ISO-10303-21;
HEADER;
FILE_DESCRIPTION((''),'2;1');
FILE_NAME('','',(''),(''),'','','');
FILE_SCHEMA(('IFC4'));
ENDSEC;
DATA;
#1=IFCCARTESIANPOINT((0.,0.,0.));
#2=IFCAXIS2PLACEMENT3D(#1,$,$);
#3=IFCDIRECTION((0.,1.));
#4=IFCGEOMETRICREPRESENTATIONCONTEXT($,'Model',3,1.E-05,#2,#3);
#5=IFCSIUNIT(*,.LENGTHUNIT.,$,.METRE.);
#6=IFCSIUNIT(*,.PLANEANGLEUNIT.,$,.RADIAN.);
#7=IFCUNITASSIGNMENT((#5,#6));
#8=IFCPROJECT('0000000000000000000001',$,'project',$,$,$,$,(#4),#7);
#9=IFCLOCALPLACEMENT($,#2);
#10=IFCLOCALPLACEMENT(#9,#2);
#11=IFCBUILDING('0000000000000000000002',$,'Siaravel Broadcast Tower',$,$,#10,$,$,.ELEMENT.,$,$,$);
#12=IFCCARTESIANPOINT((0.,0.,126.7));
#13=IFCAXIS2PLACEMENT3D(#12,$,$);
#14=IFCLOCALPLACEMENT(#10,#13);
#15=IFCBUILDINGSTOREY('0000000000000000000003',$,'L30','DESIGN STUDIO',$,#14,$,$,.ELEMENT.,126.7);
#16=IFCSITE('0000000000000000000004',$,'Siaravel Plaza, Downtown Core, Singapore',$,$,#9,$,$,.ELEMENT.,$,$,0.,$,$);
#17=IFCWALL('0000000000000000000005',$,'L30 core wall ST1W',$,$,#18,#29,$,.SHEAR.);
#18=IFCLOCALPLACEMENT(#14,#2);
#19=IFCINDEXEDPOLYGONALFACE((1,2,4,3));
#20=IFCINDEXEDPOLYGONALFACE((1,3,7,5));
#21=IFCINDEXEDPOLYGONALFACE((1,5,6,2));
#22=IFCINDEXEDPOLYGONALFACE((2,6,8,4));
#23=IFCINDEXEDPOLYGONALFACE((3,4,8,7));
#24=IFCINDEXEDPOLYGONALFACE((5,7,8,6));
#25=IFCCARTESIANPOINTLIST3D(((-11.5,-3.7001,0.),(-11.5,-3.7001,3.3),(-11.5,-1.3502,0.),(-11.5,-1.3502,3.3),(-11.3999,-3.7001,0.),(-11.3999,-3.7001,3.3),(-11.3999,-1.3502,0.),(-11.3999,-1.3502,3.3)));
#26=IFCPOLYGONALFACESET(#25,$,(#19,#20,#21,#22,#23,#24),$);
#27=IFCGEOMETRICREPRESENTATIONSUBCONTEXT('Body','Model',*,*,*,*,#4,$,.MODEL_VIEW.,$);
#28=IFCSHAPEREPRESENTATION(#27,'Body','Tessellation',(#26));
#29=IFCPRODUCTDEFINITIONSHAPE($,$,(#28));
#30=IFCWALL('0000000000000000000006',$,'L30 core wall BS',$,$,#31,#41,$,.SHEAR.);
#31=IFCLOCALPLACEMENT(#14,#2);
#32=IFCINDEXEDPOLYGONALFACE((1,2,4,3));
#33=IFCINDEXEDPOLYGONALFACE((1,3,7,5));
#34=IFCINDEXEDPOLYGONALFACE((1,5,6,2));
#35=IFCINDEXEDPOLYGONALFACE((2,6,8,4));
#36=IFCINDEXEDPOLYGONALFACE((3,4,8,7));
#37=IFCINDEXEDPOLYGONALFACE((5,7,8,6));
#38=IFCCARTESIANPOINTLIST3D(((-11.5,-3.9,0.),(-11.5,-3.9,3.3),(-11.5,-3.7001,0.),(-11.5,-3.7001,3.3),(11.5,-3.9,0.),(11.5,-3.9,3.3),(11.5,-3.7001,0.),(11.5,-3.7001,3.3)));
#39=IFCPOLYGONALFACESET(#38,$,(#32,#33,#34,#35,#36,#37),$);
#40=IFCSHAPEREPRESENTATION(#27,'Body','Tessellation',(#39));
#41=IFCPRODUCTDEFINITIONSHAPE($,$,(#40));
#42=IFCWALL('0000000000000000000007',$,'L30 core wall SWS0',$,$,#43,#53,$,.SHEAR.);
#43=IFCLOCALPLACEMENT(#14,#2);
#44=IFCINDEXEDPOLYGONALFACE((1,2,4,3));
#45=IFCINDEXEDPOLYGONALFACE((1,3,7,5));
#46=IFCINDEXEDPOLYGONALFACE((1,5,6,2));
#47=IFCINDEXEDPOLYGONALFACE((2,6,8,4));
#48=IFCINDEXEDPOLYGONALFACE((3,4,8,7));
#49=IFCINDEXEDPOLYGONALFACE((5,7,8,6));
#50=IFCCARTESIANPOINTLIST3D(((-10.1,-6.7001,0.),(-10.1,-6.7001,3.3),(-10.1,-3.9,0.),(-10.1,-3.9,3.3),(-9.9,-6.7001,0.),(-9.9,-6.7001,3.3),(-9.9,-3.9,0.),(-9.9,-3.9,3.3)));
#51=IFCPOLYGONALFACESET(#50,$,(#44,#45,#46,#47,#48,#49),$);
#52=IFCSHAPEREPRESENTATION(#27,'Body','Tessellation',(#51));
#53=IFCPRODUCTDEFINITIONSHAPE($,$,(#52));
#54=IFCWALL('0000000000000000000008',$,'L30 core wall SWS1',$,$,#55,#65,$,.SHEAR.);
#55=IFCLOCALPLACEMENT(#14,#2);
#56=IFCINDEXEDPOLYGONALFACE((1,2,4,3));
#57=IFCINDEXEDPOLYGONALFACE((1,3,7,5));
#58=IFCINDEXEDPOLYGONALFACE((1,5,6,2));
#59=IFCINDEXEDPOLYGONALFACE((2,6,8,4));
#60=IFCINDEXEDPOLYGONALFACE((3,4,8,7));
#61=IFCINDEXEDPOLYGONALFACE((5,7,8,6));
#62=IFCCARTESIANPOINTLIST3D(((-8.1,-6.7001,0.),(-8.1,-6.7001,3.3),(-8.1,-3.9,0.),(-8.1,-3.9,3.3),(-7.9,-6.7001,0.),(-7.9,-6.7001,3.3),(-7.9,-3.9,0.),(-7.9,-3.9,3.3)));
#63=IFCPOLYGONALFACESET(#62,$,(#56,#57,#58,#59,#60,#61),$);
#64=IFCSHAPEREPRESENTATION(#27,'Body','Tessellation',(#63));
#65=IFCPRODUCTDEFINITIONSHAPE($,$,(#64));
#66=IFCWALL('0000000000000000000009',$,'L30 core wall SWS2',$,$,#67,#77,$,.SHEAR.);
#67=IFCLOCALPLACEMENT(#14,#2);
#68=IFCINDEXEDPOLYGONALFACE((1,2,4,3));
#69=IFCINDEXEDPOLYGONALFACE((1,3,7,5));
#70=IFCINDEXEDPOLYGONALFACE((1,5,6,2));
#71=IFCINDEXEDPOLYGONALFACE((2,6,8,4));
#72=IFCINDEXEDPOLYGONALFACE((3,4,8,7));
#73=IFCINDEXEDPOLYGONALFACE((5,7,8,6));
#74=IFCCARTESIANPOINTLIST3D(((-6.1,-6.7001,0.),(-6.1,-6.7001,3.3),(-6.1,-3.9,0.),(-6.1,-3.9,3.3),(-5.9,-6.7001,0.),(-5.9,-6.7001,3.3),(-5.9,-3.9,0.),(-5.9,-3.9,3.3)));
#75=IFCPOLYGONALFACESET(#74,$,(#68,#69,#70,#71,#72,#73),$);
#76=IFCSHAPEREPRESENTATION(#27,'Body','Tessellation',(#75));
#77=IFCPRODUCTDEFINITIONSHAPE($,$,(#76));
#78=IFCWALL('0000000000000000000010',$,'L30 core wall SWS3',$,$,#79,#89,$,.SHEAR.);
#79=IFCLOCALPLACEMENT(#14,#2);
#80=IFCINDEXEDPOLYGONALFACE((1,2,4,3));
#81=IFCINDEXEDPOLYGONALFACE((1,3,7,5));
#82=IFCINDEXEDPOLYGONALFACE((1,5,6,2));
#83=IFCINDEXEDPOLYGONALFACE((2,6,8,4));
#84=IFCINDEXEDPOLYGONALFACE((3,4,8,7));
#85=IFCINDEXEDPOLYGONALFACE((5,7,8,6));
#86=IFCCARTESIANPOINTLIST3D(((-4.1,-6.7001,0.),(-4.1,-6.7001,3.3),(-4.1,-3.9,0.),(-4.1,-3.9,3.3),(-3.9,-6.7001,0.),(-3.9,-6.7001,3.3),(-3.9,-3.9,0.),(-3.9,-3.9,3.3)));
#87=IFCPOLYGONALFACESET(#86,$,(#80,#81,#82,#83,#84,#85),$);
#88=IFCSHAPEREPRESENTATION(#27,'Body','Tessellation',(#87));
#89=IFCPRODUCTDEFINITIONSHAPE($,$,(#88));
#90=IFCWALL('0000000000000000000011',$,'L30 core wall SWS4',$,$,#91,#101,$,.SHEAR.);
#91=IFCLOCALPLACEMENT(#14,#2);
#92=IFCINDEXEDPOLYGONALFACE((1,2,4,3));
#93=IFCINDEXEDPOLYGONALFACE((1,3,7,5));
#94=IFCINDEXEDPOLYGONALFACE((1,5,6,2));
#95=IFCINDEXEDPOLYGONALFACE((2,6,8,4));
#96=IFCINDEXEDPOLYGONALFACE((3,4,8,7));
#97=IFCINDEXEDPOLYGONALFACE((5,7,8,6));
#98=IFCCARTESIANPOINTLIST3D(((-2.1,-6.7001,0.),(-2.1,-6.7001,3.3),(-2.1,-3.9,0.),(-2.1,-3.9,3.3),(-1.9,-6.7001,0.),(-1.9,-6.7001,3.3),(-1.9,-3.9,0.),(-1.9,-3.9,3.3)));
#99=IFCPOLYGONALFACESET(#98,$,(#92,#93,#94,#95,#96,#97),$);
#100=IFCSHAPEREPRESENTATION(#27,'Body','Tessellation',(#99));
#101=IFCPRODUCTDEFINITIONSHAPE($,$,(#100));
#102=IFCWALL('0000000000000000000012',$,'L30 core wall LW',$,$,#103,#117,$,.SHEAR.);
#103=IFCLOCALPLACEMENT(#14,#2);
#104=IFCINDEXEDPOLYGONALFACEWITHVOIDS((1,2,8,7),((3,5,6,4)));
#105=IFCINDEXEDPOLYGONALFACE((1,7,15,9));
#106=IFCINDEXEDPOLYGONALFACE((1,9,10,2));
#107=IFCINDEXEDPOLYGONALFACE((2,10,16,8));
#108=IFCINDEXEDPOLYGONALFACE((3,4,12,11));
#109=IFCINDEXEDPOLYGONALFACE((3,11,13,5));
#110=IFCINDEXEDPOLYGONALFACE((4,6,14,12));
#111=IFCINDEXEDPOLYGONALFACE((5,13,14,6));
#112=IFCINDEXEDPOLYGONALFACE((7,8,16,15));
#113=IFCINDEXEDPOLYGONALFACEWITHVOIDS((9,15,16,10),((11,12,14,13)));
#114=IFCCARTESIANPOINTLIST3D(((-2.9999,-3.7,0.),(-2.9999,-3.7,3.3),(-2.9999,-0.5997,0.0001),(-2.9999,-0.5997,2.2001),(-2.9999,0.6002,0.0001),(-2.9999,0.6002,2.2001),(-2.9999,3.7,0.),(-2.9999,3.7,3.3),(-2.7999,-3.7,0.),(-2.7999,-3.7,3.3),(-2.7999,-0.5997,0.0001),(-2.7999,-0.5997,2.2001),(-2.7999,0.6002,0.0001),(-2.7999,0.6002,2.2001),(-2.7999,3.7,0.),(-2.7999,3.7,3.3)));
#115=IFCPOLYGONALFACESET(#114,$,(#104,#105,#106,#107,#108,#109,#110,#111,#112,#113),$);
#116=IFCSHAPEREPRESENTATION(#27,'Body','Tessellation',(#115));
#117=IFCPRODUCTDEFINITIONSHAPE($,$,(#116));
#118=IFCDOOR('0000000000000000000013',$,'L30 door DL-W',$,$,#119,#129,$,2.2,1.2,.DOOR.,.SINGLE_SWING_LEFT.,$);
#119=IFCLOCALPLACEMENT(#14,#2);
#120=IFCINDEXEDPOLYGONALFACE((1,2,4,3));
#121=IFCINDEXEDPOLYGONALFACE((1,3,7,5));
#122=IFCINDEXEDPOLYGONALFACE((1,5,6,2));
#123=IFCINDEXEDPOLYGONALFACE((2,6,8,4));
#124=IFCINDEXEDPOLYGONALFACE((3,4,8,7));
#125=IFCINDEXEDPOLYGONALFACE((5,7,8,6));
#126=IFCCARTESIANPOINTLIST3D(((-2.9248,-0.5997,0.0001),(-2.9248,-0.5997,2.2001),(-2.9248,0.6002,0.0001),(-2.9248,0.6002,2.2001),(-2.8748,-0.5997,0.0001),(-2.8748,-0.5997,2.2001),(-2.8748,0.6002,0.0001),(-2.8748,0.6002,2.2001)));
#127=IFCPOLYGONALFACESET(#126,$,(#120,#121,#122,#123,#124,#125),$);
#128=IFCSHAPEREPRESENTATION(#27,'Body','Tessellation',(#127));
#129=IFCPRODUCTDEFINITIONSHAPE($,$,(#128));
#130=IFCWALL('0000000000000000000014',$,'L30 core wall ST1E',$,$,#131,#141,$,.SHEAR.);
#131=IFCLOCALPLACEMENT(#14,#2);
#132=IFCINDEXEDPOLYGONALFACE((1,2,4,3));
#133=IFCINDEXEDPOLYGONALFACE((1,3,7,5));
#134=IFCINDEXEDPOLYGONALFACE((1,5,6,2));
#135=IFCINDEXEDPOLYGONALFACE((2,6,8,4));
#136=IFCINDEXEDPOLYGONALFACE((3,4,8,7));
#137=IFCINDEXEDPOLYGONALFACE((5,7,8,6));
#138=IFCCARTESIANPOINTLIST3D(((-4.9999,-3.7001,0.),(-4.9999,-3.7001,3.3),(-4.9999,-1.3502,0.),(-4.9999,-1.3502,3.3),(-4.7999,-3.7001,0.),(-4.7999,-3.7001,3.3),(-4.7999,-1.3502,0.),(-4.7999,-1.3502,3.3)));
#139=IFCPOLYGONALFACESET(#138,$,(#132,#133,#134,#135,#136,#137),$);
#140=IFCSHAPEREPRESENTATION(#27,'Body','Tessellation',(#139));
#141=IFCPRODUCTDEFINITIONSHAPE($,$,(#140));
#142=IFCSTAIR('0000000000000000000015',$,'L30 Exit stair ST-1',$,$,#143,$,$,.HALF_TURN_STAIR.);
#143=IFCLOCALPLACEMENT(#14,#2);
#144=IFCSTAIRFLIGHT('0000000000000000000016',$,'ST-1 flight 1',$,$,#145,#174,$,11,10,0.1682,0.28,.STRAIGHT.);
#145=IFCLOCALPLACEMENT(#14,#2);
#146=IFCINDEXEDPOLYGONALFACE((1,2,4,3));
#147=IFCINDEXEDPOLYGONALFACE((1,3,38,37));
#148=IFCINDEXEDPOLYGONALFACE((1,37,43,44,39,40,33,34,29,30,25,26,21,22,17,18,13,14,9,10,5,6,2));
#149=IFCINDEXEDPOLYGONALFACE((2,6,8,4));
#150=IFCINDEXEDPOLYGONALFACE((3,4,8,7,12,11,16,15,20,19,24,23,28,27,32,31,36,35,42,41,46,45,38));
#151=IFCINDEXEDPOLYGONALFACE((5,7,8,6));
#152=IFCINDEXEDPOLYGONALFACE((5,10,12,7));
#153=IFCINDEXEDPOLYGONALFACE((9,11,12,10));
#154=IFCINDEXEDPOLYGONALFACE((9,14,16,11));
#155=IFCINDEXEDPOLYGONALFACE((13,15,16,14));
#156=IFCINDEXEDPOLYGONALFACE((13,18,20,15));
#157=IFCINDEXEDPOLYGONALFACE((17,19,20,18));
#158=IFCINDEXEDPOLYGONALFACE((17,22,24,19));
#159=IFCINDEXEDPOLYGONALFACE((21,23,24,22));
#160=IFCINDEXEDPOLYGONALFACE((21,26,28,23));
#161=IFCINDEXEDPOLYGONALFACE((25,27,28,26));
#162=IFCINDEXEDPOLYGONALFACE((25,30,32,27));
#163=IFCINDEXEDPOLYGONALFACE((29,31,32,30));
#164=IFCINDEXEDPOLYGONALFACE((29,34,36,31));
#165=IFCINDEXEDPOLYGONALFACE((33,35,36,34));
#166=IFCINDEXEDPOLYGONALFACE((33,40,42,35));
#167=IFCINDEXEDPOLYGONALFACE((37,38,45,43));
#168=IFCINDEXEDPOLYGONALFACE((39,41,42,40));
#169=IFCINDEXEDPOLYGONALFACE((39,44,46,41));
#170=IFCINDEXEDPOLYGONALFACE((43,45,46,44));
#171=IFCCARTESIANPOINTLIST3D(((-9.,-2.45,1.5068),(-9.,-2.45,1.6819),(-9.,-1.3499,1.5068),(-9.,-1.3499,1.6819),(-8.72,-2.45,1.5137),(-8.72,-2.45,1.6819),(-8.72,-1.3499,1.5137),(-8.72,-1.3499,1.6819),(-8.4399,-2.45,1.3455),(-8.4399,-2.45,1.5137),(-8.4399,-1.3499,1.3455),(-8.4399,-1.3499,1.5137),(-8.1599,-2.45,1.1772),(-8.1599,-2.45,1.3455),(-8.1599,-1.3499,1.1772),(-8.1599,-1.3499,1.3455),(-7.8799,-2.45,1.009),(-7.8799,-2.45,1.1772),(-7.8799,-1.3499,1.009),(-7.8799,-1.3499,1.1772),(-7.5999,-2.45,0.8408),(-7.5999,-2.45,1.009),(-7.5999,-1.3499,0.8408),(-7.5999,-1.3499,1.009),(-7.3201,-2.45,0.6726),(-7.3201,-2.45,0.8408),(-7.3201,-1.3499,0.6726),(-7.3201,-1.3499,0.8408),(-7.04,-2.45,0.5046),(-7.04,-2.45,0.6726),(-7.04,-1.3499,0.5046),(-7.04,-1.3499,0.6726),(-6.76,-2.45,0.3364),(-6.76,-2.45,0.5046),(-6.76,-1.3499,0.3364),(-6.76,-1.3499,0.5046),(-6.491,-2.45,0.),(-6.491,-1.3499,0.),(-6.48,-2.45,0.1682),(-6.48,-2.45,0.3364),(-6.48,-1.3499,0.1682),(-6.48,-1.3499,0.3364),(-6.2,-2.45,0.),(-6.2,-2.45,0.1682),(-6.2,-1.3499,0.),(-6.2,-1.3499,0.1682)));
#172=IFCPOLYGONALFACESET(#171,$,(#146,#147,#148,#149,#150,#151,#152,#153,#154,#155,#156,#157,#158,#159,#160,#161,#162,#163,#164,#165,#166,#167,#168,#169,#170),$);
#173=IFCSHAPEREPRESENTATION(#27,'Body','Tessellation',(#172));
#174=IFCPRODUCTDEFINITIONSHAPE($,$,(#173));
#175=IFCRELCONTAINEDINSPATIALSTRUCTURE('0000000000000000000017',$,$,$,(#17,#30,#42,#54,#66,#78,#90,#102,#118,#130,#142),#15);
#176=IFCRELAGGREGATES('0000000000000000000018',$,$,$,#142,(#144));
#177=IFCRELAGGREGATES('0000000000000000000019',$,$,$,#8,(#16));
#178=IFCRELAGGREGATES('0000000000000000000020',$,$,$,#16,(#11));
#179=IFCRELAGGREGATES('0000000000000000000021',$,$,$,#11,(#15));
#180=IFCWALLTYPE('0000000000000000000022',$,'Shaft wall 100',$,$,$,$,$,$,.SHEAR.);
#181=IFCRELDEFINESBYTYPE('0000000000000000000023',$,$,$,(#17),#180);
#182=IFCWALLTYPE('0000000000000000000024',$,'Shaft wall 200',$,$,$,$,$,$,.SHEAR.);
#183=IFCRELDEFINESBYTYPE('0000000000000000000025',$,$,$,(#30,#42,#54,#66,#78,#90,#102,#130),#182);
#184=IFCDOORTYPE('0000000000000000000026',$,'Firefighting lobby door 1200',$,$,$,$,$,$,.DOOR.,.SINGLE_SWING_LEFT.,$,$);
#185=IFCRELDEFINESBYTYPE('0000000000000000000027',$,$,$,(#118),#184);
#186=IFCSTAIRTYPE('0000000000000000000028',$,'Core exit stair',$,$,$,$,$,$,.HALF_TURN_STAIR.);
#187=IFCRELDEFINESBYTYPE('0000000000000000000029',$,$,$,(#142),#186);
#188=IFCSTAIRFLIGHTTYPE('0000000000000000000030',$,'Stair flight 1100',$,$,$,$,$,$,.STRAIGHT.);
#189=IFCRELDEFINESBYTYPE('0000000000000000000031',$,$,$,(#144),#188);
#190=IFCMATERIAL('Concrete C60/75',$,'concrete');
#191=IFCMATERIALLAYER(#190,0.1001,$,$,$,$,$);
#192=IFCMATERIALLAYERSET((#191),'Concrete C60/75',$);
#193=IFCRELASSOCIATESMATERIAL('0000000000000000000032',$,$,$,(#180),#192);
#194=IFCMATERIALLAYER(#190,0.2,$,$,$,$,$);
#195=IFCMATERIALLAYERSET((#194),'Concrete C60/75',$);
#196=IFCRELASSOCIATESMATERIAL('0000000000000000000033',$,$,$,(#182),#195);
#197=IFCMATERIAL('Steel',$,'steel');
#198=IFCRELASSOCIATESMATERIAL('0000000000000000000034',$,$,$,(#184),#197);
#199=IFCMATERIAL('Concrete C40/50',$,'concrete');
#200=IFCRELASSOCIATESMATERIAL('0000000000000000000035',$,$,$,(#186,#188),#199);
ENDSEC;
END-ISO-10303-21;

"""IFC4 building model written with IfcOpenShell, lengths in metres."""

from ifc_helpers import new_model, si_unit, direction, frame, frame_2d, origin, place, context, subcontext, project, spatial, polyline, rectangle, outline, extrude, material, layer, layer_set, type_object, element, fill, aggregate, save


model = new_model("IFC4")

# Units and contexts
model_context = context("Model", 3, precision=1e-05, world=origin(), true_north=direction((0.0, 1.0)))
body_context = subcontext(model_context, "Body", "Model", "MODEL_VIEW")
ifc_project = project(units=[si_unit("LENGTHUNIT", "METRE"), si_unit("PLANEANGLEUNIT", "RADIAN")], contexts=[model_context])

# Site, building, storey
site_placement = place(None, origin())
site = spatial("IfcSite", under=ifc_project, at=site_placement, Name="Siaravel Plaza, Downtown Core, Singapore", CompositionType="ELEMENT", RefElevation=0.0)
building_placement = place(site_placement, origin())
building = spatial("IfcBuilding", under=site, at=building_placement, Name="Siaravel Broadcast Tower", CompositionType="ELEMENT")
storey_placement = place(building_placement, frame((0.0, 0.0, 126.7)))
storey = spatial("IfcBuildingStorey", under=building, at=storey_placement, Name="L30", Description="DESIGN STUDIO", CompositionType="ELEMENT", Elevation=126.7)

# Walls
ifc_material_1 = material(Name="Concrete C60/75", Category="concrete")
ifc_layer_1 = layer(ifc_material_1, 0.1001)
ifc_layer_set_1 = layer_set([ifc_layer_1], Name="Concrete C60/75")
wall_type_1 = type_object("IfcWallType", Name="Shaft wall 100", PredefinedType="SHEAR", material=ifc_layer_set_1)
wall_1_placement = place(storey_placement, frame((-11.45, -3.7, 0.0), z_axis=(0.0, 0.0, 1.0), x_axis=(0.0, 1.0, 0.0)))
element("IfcWall", 1, at=wall_1_placement, inside=storey, type_object=wall_type_1, Name="L30 core wall ST1W", PredefinedType="SHEAR", context=body_context, shape_type="SweptSolid", body=[
    extrude(rectangle(XDim=2.3499, YDim=0.1001, at=frame_2d((1.1748, 0.0))), origin(), (0.0, 0.0, 1.0), 3.3),
])
ifc_layer_2 = layer(ifc_material_1, 0.2)
ifc_layer_set_2 = layer_set([ifc_layer_2], Name="Concrete C60/75")
wall_type_2 = type_object("IfcWallType", Name="Shaft wall 200", PredefinedType="SHEAR", material=ifc_layer_set_2)
wall_2_placement = place(storey_placement, frame((-11.5, -3.8, 0.0), z_axis=(0.0, 0.0, 1.0), x_axis=(1.0, 0.0, 0.0)))
element("IfcWall", 2, at=wall_2_placement, inside=storey, type_object=wall_type_2, Name="L30 core wall BS", PredefinedType="SHEAR", context=body_context, shape_type="SweptSolid", body=[
    extrude(rectangle(XDim=23.0, YDim=0.2, at=frame_2d((11.5, 0.0))), origin(), (0.0, 0.0, 1.0), 3.3),
])
for number, where, z_axis, x_axis, name in (
    (3, (-10.0, -6.7, 0.0), (0.0, 0.0, 1.0), (0.0, 1.0, 0.0), "L30 core wall SWS0"),
    (4, (-8.0, -6.7, 0.0), (0.0, 0.0, 1.0), (0.0, 1.0, 0.0), "L30 core wall SWS1"),
    (5, (-6.0, -6.7, 0.0), (0.0, 0.0, 1.0), (0.0, 1.0, 0.0), "L30 core wall SWS2"),
    (6, (-4.0, -6.7, 0.0), (0.0, 0.0, 1.0), (0.0, 1.0, 0.0), "L30 core wall SWS3"),
    (7, (-2.0, -6.7, 0.0), (0.0, 0.0, 1.0), (0.0, 1.0, 0.0), "L30 core wall SWS4"),
):
    element("IfcWall", number, at=place(storey_placement, frame(where, z_axis=z_axis, x_axis=x_axis)), inside=storey, type_object=wall_type_2, Name=name, PredefinedType="SHEAR", context=body_context, shape_type="SweptSolid", body=[
        extrude(rectangle(XDim=2.8, YDim=0.2, at=frame_2d((1.3999, 0.0))), origin(), (0.0, 0.0, 1.0), 3.3),
    ])

# Wall, opening, door
wall_3_placement = place(storey_placement, frame((-2.8999, -3.7, 0.0), z_axis=(0.0, 0.0, 1.0), x_axis=(0.0, 1.0, 0.0)))
wall_3 = element("IfcWall", 8, at=wall_3_placement, inside=storey, type_object=wall_type_2, Name="L30 core wall LW", PredefinedType="SHEAR", context=body_context, shape_type="SweptSolid", body=[
    extrude(rectangle(XDim=7.3999, YDim=0.2, at=frame_2d((3.7, 0.0))), origin(), (0.0, 0.0, 1.0), 3.3),
])
opening_placement = place(wall_3_placement, frame((3.1001, 0.0, 0.0)))
opening = element("IfcOpeningElement", 9, at=opening_placement, cuts=wall_3, PredefinedType="OPENING", context=body_context, shape_type="SweptSolid", body=[
    extrude(rectangle(XDim=1.2, YDim=2.2, at=frame_2d((0.6001, 1.1001))), frame((0.0, 0.1099, 0.0), z_axis=(0.0, -1.0, 0.0), x_axis=(1.0, 0.0, 0.0)), (0.0, 0.0, 1.0), 0.22),
])
ifc_material_2 = material(Name="Steel", Category="steel")
door_type = type_object("IfcDoorType", Name="Firefighting lobby door 1200", OperationType="SINGLE_SWING_LEFT", PredefinedType="DOOR", material=ifc_material_2)
door_placement = place(opening_placement, origin())
door = element("IfcDoor", 10, at=door_placement, inside=storey, type_object=door_type, Name="L30 door DL-W", OperationType="SINGLE_SWING_LEFT", OverallHeight=2.2, OverallWidth=1.2, PredefinedType="DOOR", context=body_context, shape_type="SweptSolid", body=[
    extrude(rectangle(XDim=1.2, YDim=2.2, at=frame_2d((0.6001, 1.1001))), frame((0.0, 0.0249, 0.0), z_axis=(0.0, -1.0, 0.0), x_axis=(1.0, 0.0, 0.0)), (0.0, 0.0, 1.0), 0.05),
])
fill(opening, door)

# Wall
wall_4_placement = place(storey_placement, frame((-4.8999, -3.7, 0.0), z_axis=(0.0, 0.0, 1.0), x_axis=(0.0, 1.0, 0.0)))
element("IfcWall", 11, at=wall_4_placement, inside=storey, type_object=wall_type_2, Name="L30 core wall ST1E", PredefinedType="SHEAR", context=body_context, shape_type="SweptSolid", body=[
    extrude(rectangle(XDim=2.3499, YDim=0.2, at=frame_2d((1.1748, 0.0))), origin(), (0.0, 0.0, 1.0), 3.3),
])

# Stair, stair flight
ifc_material_3 = material(Name="Concrete C40/50", Category="concrete")
stair_type = type_object("IfcStairType", Name="Core exit stair", PredefinedType="HALF_TURN_STAIR", material=ifc_material_3)
stair_placement = place(storey_placement, origin())
stair = element("IfcStair", 12, at=stair_placement, inside=storey, type_object=stair_type, Name="L30 Exit stair ST-1", PredefinedType="HALF_TURN_STAIR")
stair_flight_type = type_object("IfcStairFlightType", Name="Stair flight 1100", PredefinedType="STRAIGHT", material=ifc_material_3)
stair_flight_1_placement = place(storey_placement, frame((-6.2, -1.8999, 0.0), z_axis=(0.0, 0.0, 1.0), x_axis=(-1.0, 0.0, 0.0)))
stair_flight_1 = element("IfcStairFlight", 13, at=stair_flight_1_placement, type_object=stair_flight_type, Name="ST-1 flight 1", NumberOfRisers=11, NumberOfTreads=10, PredefinedType="STRAIGHT", RiserHeight=0.1682, TreadLength=0.28, context=body_context, shape_type="SweptSolid", body=[
    extrude(outline(polyline([(0.0, 0.0), (0.0, 0.1682), (0.28, 0.1682), (0.28, 0.3364), (0.5601, 0.3364), (0.5601, 0.5046), (0.8401, 0.5046), (0.8401, 0.6726), (1.1201, 0.6726), (1.1201, 0.8408), (1.3999, 0.8408), (1.3999, 1.009), (1.6799, 1.009), (1.6799, 1.1772), (1.96, 1.1772), (1.96, 1.3455), (2.24, 1.3455), (2.24, 1.5137), (2.52, 1.5137), (2.52, 1.6819), (2.8, 1.6819), (2.8, 1.8501), (2.8, 1.5068), (0.291, 0.0), (0.0, 0.0)])), frame((0.0, 0.55, 0.0), z_axis=(0.0, -1.0, 0.0), x_axis=(1.0, 0.0, 0.0)), (0.0, 0.0, 1.0), 1.1001),
])
aggregate(stair, [stair_flight_1])

save(model, "model.ifc")
